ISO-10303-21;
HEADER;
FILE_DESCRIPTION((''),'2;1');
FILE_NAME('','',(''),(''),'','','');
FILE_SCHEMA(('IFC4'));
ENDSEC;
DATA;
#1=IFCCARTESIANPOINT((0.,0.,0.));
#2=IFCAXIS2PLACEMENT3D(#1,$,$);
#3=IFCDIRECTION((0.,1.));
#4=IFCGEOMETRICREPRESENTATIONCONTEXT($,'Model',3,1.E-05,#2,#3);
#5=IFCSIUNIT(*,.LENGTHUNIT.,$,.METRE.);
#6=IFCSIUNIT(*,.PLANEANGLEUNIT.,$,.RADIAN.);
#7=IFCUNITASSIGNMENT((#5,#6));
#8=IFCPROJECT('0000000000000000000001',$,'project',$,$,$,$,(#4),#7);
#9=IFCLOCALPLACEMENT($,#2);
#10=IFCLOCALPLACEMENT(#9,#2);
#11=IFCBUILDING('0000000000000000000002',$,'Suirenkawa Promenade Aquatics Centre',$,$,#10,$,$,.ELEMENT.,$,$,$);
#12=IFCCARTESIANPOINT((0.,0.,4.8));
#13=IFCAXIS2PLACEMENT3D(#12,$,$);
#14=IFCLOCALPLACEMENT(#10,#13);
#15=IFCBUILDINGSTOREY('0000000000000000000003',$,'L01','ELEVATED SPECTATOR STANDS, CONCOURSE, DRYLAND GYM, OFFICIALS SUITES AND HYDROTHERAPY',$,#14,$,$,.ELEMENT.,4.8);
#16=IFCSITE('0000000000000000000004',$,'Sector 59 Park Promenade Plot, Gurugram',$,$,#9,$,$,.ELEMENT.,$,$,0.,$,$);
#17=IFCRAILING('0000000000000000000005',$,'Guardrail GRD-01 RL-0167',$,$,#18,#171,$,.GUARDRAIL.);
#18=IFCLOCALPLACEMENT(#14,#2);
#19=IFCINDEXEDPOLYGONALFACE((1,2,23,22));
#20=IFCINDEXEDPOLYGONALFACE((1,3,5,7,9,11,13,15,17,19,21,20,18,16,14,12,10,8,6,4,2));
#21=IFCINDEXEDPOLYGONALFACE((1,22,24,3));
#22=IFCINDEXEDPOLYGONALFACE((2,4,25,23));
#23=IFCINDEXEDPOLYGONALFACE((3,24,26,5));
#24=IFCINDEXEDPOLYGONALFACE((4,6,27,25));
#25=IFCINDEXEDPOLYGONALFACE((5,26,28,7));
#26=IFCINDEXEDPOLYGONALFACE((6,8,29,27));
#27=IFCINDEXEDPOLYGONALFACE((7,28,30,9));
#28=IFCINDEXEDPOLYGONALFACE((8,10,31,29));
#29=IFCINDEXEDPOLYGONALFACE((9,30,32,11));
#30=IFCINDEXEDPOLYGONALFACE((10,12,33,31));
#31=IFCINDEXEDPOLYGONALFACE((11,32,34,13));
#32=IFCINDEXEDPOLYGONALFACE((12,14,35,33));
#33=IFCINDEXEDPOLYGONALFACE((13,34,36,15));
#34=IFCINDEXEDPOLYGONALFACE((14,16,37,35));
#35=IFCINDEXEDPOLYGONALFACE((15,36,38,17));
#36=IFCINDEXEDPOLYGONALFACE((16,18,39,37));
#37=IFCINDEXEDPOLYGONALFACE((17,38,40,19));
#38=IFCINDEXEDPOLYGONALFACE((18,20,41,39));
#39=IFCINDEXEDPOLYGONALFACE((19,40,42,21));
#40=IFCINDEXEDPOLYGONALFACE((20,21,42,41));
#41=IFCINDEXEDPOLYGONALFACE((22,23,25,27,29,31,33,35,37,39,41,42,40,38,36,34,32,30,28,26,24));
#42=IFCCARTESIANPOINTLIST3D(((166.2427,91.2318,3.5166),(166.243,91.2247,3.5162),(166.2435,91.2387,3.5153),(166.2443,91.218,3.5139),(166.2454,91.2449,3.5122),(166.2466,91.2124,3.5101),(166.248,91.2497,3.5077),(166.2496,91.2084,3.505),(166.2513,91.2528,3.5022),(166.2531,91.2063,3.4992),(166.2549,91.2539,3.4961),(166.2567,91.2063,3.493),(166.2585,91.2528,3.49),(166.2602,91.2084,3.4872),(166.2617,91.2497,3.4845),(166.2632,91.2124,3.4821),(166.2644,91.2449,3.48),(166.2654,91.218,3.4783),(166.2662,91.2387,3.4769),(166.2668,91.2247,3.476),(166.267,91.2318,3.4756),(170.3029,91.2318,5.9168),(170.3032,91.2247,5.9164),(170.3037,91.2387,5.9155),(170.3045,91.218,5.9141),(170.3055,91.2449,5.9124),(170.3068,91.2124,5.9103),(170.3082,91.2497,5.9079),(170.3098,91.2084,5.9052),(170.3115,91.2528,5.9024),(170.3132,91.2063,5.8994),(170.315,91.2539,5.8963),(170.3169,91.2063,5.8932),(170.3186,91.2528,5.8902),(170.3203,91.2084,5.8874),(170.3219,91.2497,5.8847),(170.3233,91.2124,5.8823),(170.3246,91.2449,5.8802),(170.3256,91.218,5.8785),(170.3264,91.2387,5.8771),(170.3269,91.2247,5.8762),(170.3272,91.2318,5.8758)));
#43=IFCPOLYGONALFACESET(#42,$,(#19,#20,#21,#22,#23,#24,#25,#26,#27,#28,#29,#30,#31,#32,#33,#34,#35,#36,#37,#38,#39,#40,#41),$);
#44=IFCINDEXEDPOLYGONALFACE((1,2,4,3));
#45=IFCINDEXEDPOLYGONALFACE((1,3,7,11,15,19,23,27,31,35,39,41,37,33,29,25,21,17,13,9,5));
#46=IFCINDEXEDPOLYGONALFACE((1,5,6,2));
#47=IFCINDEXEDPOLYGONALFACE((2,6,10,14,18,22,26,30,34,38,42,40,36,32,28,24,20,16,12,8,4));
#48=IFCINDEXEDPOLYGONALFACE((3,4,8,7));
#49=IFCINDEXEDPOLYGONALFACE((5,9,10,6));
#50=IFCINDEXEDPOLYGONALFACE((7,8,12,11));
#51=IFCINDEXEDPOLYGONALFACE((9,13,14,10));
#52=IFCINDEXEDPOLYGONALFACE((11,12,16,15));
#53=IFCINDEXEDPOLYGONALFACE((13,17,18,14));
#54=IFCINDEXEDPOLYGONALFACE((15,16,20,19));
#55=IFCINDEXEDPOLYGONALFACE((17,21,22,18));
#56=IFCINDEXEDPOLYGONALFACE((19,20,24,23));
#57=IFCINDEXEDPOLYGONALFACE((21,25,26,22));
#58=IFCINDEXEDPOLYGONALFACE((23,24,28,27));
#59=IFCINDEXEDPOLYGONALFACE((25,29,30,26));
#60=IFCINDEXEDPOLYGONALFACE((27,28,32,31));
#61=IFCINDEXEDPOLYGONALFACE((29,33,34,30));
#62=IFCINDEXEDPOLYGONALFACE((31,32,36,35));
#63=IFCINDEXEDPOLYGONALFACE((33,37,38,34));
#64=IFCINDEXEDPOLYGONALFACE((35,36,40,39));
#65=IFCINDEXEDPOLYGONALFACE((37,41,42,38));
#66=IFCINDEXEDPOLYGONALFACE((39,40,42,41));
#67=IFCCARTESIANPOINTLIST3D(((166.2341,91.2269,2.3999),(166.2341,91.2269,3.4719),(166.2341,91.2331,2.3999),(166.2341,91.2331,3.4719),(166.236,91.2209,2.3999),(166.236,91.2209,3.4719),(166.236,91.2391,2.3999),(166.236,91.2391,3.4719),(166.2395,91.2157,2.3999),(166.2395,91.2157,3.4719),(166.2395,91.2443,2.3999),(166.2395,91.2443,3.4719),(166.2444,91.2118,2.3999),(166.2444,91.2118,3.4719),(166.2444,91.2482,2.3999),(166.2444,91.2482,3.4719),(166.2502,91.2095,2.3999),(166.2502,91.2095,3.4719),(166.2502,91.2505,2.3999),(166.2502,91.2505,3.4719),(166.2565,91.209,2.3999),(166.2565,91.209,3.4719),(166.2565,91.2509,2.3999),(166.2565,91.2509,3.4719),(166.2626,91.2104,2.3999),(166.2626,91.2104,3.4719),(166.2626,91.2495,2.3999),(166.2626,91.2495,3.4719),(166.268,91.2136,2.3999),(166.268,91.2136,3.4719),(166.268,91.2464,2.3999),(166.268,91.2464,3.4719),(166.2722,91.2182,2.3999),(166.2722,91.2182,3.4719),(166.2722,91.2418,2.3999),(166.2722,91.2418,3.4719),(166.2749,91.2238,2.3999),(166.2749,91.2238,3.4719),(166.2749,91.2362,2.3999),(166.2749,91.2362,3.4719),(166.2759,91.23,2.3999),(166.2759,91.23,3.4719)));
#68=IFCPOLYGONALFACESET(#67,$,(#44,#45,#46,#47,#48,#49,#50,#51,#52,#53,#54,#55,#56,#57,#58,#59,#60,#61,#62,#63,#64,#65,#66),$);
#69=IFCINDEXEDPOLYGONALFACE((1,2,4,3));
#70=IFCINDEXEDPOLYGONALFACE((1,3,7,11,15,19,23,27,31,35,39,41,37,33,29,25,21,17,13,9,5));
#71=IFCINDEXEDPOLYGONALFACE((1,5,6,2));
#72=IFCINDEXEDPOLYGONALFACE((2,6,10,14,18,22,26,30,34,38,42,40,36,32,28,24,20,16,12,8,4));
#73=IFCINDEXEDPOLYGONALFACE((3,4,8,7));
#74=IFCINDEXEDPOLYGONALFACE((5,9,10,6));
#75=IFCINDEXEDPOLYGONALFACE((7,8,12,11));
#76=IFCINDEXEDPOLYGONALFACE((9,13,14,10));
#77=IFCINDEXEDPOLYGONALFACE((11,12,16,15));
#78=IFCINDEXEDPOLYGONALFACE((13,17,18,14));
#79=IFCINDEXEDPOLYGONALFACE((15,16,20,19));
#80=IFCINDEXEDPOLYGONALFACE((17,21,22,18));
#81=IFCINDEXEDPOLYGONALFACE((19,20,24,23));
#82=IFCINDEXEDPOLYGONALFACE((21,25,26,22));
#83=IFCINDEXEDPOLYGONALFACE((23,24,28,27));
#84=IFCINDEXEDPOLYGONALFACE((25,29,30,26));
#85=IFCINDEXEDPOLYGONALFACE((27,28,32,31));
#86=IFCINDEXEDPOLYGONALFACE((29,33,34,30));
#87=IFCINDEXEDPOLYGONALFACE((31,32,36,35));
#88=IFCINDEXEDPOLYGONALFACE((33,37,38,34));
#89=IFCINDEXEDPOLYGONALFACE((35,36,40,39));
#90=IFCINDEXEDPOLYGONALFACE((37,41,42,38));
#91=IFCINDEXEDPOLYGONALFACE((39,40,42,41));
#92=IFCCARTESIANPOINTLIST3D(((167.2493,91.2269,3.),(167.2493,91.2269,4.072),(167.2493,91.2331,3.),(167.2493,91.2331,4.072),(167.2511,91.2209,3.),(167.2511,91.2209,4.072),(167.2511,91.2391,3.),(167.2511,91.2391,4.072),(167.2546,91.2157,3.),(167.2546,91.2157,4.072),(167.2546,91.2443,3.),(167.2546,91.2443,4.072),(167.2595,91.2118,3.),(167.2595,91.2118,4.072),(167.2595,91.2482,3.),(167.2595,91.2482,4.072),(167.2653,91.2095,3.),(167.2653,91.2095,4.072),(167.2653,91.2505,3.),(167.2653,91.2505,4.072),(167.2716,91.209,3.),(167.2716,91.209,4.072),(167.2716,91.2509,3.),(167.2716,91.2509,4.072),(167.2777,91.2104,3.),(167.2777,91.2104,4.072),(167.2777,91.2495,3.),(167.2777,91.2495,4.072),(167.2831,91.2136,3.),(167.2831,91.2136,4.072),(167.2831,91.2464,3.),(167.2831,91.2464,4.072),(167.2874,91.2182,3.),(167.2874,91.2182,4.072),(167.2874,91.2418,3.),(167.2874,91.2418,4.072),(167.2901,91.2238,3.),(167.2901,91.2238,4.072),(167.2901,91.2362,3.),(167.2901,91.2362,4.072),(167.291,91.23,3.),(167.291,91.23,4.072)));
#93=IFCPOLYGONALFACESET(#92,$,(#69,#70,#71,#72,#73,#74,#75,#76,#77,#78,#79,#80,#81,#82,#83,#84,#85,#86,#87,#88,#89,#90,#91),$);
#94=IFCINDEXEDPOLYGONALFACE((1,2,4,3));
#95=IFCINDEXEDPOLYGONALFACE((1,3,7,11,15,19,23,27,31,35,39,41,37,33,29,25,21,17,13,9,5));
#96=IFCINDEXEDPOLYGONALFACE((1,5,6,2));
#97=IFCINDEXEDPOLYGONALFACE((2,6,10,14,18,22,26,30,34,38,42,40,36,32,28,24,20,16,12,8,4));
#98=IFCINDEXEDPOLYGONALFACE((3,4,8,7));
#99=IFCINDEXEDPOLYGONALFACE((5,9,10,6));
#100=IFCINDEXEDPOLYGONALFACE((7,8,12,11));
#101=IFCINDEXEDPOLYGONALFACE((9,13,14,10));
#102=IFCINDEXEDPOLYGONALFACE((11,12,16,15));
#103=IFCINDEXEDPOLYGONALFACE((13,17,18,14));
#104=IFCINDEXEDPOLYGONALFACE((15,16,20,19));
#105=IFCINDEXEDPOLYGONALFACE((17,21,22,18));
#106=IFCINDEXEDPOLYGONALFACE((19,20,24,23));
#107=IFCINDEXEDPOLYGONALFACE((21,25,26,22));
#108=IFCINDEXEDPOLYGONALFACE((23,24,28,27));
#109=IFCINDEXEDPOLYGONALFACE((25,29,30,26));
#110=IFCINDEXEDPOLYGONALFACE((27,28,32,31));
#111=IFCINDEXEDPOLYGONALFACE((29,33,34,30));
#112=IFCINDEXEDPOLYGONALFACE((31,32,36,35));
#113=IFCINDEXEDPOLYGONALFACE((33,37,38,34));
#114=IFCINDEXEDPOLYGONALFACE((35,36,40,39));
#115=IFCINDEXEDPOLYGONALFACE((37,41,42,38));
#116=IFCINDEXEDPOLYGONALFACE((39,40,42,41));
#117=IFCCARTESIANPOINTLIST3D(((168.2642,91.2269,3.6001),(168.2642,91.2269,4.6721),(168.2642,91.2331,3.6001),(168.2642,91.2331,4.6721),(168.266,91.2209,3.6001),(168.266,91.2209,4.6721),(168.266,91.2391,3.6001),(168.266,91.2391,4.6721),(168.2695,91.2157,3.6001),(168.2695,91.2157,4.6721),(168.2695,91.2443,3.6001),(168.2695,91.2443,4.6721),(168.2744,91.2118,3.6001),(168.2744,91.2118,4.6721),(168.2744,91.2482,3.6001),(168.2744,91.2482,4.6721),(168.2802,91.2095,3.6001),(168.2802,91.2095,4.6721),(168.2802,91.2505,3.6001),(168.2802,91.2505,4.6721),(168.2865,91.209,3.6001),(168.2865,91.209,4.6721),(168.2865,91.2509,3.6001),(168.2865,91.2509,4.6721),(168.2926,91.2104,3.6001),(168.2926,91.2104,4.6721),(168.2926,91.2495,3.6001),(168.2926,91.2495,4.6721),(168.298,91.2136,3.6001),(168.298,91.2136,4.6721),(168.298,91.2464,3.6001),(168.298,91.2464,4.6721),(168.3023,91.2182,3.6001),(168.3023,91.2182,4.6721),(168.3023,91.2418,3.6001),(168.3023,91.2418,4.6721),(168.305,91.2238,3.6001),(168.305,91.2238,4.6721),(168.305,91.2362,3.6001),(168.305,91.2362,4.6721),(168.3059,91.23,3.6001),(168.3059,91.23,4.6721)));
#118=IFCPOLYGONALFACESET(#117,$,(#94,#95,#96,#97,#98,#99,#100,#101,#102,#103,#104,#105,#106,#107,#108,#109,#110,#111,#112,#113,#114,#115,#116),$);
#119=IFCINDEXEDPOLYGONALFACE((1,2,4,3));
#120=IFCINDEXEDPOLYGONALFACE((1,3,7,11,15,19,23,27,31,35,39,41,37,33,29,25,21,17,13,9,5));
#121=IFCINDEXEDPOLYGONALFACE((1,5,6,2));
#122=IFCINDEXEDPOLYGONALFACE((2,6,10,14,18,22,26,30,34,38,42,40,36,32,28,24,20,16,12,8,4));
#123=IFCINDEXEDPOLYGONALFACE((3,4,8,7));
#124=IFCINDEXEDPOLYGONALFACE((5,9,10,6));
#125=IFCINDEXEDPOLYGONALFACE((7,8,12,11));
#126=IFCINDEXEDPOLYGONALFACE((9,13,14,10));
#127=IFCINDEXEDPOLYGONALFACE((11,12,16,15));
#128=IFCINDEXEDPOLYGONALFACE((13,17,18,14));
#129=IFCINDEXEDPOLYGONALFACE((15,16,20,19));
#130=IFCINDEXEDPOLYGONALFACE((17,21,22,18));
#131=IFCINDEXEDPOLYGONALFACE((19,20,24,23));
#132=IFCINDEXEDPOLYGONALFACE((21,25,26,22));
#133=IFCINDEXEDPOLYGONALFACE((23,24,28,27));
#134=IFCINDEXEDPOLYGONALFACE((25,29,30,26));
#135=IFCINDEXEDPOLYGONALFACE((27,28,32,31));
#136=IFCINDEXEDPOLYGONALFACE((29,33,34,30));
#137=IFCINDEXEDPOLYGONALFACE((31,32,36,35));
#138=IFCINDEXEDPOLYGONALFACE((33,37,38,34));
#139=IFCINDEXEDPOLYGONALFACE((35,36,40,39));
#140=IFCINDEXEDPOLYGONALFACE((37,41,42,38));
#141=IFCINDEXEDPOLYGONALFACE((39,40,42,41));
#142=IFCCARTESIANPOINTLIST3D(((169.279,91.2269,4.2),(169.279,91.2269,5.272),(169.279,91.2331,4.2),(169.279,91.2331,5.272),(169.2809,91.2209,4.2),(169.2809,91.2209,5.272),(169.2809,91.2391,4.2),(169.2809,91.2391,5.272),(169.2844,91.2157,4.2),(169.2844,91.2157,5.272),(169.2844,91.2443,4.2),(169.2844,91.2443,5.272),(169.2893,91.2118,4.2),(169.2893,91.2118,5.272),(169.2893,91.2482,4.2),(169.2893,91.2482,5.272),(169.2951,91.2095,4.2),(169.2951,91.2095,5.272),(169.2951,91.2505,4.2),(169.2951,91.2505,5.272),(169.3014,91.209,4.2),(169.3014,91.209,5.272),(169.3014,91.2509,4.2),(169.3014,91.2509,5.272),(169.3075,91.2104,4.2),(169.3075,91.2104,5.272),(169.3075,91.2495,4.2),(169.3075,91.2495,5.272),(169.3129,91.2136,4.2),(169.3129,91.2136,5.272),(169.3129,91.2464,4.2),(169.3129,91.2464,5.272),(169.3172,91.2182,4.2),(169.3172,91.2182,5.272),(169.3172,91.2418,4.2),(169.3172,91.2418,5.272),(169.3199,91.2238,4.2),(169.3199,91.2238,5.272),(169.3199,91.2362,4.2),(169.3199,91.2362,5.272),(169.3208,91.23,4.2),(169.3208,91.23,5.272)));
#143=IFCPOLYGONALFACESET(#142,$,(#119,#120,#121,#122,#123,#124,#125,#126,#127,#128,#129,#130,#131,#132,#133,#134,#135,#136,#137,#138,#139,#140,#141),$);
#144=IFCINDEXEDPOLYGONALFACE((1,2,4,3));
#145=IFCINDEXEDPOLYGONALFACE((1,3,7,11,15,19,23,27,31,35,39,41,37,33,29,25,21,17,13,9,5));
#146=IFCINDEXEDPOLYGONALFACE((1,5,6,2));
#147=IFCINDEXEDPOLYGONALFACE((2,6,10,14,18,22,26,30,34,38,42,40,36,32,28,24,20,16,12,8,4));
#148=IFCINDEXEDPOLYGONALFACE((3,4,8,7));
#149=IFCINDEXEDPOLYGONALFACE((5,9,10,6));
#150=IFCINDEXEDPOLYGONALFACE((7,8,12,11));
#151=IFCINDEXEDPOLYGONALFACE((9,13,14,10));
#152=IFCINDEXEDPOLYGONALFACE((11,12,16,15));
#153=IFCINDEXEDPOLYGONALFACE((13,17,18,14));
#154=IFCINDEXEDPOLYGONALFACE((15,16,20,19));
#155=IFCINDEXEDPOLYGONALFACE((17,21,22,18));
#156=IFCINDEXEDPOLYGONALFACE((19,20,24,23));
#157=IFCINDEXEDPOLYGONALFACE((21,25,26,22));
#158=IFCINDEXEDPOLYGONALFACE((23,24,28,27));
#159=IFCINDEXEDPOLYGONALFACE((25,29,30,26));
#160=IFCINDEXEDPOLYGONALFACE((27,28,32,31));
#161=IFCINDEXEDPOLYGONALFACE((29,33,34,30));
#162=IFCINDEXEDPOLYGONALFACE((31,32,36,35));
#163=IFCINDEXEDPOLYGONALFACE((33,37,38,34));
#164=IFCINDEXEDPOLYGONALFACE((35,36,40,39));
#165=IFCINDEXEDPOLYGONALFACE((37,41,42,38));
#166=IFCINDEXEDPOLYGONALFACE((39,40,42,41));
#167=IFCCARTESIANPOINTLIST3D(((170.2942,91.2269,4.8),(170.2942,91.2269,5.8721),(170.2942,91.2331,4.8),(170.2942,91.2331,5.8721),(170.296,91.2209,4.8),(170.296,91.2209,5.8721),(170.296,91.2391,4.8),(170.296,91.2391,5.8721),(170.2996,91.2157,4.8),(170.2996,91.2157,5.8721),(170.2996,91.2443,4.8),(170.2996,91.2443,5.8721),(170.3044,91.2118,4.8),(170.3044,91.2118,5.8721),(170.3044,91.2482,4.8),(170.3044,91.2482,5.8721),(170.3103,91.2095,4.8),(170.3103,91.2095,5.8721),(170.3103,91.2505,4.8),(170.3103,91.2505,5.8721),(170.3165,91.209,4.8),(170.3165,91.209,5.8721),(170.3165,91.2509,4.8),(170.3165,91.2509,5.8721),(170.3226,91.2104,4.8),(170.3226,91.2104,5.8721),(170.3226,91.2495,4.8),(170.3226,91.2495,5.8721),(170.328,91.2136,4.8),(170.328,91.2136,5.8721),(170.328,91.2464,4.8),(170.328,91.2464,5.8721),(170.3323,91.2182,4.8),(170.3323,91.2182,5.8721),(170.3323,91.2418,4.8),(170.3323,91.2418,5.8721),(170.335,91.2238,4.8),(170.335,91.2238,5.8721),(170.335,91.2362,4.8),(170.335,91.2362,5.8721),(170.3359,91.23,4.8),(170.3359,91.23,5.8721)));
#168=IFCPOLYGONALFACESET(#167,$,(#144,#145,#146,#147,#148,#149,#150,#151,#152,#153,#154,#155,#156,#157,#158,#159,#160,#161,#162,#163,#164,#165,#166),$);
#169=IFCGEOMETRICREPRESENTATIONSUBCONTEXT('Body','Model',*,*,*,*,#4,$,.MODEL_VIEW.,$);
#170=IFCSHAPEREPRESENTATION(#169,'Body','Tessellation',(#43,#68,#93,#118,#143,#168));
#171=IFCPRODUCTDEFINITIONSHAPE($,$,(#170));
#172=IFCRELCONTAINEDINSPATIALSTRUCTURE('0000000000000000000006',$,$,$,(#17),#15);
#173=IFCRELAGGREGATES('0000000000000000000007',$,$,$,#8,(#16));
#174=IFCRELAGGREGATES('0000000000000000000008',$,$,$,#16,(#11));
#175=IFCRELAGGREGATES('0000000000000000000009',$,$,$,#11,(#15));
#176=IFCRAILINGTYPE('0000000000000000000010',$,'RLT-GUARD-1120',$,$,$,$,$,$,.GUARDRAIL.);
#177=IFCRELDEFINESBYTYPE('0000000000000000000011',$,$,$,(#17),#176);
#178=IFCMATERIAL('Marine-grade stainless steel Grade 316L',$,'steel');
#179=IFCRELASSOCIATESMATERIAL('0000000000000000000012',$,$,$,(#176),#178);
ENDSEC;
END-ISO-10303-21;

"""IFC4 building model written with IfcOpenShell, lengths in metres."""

from ifc_helpers import new_model, si_unit, direction, frame, origin, origin_2d, place, context, subcontext, project, spatial, circle, extrude, material, type_object, element, save


model = new_model("IFC4")

# Units and contexts
model_context = context("Model", 3, precision=1e-05, world=origin(), true_north=direction((0.0, 1.0)))
body_context = subcontext(model_context, "Body", "Model", "MODEL_VIEW")
ifc_project = project(units=[si_unit("LENGTHUNIT", "METRE"), si_unit("PLANEANGLEUNIT", "RADIAN")], contexts=[model_context])

# Site, building, storey
site_placement = place(None, origin())
site = spatial("IfcSite", under=ifc_project, at=site_placement, Name="Sector 59 Park Promenade Plot, Gurugram", CompositionType="ELEMENT", RefElevation=0.0)
building_placement = place(site_placement, origin())
building = spatial("IfcBuilding", under=site, at=building_placement, Name="Suirenkawa Promenade Aquatics Centre", CompositionType="ELEMENT")
storey_placement = place(building_placement, frame((0.0, 0.0, 4.8)))
storey = spatial("IfcBuildingStorey", under=building, at=storey_placement, Name="L01", Description="ELEVATED SPECTATOR STANDS, CONCOURSE, DRYLAND GYM, OFFICIALS SUITES AND HYDROTHERAPY", CompositionType="ELEMENT", Elevation=4.8)

# Railing
ifc_material_1 = material(Name="Marine-grade stainless steel Grade 316L", Category="steel")
railing_type_1 = type_object("IfcRailingType", Name="RLT-GUARD-1120", PredefinedType="GUARDRAIL", material=ifc_material_1)
for number, where, name in (
    (1, (166.2549, 91.23, 2.3999), "Guardrail GRD-01 RL-0167"),
):
    element("IfcRailing", number, at=place(storey_placement, frame(where)), inside=storey, type_object=railing_type_1, Name=name, PredefinedType="GUARDRAIL", context=body_context, shape_type="SweptSolid", body=[
        extrude(circle(Radius=0.0239, at=origin_2d()), frame((0.0, 0.0, 1.0962), z_axis=(0.860832, 0.0, 0.50889), x_axis=(0.0, 1.0, 0.0)), (0.0, 0.0, 1.0), 4.7166),
        extrude(circle(Radius=0.021, at=origin_2d()), origin(), (0.0, 0.0, 1.0), 1.072),
        extrude(circle(Radius=0.021, at=origin_2d()), frame((1.0151, 0.0, 0.6001)), (0.0, 0.0, 1.0), 1.072),
        extrude(circle(Radius=0.021, at=origin_2d()), frame((2.03, 0.0, 1.2002)), (0.0, 0.0, 1.0), 1.072),
        extrude(circle(Radius=0.021, at=origin_2d()), frame((3.0449, 0.0, 1.8)), (0.0, 0.0, 1.0), 1.072),
        extrude(circle(Radius=0.021, at=origin_2d()), frame((4.0601, 0.0, 2.4001)), (0.0, 0.0, 1.0), 1.072),
    ])

save(model, "model.ifc")
